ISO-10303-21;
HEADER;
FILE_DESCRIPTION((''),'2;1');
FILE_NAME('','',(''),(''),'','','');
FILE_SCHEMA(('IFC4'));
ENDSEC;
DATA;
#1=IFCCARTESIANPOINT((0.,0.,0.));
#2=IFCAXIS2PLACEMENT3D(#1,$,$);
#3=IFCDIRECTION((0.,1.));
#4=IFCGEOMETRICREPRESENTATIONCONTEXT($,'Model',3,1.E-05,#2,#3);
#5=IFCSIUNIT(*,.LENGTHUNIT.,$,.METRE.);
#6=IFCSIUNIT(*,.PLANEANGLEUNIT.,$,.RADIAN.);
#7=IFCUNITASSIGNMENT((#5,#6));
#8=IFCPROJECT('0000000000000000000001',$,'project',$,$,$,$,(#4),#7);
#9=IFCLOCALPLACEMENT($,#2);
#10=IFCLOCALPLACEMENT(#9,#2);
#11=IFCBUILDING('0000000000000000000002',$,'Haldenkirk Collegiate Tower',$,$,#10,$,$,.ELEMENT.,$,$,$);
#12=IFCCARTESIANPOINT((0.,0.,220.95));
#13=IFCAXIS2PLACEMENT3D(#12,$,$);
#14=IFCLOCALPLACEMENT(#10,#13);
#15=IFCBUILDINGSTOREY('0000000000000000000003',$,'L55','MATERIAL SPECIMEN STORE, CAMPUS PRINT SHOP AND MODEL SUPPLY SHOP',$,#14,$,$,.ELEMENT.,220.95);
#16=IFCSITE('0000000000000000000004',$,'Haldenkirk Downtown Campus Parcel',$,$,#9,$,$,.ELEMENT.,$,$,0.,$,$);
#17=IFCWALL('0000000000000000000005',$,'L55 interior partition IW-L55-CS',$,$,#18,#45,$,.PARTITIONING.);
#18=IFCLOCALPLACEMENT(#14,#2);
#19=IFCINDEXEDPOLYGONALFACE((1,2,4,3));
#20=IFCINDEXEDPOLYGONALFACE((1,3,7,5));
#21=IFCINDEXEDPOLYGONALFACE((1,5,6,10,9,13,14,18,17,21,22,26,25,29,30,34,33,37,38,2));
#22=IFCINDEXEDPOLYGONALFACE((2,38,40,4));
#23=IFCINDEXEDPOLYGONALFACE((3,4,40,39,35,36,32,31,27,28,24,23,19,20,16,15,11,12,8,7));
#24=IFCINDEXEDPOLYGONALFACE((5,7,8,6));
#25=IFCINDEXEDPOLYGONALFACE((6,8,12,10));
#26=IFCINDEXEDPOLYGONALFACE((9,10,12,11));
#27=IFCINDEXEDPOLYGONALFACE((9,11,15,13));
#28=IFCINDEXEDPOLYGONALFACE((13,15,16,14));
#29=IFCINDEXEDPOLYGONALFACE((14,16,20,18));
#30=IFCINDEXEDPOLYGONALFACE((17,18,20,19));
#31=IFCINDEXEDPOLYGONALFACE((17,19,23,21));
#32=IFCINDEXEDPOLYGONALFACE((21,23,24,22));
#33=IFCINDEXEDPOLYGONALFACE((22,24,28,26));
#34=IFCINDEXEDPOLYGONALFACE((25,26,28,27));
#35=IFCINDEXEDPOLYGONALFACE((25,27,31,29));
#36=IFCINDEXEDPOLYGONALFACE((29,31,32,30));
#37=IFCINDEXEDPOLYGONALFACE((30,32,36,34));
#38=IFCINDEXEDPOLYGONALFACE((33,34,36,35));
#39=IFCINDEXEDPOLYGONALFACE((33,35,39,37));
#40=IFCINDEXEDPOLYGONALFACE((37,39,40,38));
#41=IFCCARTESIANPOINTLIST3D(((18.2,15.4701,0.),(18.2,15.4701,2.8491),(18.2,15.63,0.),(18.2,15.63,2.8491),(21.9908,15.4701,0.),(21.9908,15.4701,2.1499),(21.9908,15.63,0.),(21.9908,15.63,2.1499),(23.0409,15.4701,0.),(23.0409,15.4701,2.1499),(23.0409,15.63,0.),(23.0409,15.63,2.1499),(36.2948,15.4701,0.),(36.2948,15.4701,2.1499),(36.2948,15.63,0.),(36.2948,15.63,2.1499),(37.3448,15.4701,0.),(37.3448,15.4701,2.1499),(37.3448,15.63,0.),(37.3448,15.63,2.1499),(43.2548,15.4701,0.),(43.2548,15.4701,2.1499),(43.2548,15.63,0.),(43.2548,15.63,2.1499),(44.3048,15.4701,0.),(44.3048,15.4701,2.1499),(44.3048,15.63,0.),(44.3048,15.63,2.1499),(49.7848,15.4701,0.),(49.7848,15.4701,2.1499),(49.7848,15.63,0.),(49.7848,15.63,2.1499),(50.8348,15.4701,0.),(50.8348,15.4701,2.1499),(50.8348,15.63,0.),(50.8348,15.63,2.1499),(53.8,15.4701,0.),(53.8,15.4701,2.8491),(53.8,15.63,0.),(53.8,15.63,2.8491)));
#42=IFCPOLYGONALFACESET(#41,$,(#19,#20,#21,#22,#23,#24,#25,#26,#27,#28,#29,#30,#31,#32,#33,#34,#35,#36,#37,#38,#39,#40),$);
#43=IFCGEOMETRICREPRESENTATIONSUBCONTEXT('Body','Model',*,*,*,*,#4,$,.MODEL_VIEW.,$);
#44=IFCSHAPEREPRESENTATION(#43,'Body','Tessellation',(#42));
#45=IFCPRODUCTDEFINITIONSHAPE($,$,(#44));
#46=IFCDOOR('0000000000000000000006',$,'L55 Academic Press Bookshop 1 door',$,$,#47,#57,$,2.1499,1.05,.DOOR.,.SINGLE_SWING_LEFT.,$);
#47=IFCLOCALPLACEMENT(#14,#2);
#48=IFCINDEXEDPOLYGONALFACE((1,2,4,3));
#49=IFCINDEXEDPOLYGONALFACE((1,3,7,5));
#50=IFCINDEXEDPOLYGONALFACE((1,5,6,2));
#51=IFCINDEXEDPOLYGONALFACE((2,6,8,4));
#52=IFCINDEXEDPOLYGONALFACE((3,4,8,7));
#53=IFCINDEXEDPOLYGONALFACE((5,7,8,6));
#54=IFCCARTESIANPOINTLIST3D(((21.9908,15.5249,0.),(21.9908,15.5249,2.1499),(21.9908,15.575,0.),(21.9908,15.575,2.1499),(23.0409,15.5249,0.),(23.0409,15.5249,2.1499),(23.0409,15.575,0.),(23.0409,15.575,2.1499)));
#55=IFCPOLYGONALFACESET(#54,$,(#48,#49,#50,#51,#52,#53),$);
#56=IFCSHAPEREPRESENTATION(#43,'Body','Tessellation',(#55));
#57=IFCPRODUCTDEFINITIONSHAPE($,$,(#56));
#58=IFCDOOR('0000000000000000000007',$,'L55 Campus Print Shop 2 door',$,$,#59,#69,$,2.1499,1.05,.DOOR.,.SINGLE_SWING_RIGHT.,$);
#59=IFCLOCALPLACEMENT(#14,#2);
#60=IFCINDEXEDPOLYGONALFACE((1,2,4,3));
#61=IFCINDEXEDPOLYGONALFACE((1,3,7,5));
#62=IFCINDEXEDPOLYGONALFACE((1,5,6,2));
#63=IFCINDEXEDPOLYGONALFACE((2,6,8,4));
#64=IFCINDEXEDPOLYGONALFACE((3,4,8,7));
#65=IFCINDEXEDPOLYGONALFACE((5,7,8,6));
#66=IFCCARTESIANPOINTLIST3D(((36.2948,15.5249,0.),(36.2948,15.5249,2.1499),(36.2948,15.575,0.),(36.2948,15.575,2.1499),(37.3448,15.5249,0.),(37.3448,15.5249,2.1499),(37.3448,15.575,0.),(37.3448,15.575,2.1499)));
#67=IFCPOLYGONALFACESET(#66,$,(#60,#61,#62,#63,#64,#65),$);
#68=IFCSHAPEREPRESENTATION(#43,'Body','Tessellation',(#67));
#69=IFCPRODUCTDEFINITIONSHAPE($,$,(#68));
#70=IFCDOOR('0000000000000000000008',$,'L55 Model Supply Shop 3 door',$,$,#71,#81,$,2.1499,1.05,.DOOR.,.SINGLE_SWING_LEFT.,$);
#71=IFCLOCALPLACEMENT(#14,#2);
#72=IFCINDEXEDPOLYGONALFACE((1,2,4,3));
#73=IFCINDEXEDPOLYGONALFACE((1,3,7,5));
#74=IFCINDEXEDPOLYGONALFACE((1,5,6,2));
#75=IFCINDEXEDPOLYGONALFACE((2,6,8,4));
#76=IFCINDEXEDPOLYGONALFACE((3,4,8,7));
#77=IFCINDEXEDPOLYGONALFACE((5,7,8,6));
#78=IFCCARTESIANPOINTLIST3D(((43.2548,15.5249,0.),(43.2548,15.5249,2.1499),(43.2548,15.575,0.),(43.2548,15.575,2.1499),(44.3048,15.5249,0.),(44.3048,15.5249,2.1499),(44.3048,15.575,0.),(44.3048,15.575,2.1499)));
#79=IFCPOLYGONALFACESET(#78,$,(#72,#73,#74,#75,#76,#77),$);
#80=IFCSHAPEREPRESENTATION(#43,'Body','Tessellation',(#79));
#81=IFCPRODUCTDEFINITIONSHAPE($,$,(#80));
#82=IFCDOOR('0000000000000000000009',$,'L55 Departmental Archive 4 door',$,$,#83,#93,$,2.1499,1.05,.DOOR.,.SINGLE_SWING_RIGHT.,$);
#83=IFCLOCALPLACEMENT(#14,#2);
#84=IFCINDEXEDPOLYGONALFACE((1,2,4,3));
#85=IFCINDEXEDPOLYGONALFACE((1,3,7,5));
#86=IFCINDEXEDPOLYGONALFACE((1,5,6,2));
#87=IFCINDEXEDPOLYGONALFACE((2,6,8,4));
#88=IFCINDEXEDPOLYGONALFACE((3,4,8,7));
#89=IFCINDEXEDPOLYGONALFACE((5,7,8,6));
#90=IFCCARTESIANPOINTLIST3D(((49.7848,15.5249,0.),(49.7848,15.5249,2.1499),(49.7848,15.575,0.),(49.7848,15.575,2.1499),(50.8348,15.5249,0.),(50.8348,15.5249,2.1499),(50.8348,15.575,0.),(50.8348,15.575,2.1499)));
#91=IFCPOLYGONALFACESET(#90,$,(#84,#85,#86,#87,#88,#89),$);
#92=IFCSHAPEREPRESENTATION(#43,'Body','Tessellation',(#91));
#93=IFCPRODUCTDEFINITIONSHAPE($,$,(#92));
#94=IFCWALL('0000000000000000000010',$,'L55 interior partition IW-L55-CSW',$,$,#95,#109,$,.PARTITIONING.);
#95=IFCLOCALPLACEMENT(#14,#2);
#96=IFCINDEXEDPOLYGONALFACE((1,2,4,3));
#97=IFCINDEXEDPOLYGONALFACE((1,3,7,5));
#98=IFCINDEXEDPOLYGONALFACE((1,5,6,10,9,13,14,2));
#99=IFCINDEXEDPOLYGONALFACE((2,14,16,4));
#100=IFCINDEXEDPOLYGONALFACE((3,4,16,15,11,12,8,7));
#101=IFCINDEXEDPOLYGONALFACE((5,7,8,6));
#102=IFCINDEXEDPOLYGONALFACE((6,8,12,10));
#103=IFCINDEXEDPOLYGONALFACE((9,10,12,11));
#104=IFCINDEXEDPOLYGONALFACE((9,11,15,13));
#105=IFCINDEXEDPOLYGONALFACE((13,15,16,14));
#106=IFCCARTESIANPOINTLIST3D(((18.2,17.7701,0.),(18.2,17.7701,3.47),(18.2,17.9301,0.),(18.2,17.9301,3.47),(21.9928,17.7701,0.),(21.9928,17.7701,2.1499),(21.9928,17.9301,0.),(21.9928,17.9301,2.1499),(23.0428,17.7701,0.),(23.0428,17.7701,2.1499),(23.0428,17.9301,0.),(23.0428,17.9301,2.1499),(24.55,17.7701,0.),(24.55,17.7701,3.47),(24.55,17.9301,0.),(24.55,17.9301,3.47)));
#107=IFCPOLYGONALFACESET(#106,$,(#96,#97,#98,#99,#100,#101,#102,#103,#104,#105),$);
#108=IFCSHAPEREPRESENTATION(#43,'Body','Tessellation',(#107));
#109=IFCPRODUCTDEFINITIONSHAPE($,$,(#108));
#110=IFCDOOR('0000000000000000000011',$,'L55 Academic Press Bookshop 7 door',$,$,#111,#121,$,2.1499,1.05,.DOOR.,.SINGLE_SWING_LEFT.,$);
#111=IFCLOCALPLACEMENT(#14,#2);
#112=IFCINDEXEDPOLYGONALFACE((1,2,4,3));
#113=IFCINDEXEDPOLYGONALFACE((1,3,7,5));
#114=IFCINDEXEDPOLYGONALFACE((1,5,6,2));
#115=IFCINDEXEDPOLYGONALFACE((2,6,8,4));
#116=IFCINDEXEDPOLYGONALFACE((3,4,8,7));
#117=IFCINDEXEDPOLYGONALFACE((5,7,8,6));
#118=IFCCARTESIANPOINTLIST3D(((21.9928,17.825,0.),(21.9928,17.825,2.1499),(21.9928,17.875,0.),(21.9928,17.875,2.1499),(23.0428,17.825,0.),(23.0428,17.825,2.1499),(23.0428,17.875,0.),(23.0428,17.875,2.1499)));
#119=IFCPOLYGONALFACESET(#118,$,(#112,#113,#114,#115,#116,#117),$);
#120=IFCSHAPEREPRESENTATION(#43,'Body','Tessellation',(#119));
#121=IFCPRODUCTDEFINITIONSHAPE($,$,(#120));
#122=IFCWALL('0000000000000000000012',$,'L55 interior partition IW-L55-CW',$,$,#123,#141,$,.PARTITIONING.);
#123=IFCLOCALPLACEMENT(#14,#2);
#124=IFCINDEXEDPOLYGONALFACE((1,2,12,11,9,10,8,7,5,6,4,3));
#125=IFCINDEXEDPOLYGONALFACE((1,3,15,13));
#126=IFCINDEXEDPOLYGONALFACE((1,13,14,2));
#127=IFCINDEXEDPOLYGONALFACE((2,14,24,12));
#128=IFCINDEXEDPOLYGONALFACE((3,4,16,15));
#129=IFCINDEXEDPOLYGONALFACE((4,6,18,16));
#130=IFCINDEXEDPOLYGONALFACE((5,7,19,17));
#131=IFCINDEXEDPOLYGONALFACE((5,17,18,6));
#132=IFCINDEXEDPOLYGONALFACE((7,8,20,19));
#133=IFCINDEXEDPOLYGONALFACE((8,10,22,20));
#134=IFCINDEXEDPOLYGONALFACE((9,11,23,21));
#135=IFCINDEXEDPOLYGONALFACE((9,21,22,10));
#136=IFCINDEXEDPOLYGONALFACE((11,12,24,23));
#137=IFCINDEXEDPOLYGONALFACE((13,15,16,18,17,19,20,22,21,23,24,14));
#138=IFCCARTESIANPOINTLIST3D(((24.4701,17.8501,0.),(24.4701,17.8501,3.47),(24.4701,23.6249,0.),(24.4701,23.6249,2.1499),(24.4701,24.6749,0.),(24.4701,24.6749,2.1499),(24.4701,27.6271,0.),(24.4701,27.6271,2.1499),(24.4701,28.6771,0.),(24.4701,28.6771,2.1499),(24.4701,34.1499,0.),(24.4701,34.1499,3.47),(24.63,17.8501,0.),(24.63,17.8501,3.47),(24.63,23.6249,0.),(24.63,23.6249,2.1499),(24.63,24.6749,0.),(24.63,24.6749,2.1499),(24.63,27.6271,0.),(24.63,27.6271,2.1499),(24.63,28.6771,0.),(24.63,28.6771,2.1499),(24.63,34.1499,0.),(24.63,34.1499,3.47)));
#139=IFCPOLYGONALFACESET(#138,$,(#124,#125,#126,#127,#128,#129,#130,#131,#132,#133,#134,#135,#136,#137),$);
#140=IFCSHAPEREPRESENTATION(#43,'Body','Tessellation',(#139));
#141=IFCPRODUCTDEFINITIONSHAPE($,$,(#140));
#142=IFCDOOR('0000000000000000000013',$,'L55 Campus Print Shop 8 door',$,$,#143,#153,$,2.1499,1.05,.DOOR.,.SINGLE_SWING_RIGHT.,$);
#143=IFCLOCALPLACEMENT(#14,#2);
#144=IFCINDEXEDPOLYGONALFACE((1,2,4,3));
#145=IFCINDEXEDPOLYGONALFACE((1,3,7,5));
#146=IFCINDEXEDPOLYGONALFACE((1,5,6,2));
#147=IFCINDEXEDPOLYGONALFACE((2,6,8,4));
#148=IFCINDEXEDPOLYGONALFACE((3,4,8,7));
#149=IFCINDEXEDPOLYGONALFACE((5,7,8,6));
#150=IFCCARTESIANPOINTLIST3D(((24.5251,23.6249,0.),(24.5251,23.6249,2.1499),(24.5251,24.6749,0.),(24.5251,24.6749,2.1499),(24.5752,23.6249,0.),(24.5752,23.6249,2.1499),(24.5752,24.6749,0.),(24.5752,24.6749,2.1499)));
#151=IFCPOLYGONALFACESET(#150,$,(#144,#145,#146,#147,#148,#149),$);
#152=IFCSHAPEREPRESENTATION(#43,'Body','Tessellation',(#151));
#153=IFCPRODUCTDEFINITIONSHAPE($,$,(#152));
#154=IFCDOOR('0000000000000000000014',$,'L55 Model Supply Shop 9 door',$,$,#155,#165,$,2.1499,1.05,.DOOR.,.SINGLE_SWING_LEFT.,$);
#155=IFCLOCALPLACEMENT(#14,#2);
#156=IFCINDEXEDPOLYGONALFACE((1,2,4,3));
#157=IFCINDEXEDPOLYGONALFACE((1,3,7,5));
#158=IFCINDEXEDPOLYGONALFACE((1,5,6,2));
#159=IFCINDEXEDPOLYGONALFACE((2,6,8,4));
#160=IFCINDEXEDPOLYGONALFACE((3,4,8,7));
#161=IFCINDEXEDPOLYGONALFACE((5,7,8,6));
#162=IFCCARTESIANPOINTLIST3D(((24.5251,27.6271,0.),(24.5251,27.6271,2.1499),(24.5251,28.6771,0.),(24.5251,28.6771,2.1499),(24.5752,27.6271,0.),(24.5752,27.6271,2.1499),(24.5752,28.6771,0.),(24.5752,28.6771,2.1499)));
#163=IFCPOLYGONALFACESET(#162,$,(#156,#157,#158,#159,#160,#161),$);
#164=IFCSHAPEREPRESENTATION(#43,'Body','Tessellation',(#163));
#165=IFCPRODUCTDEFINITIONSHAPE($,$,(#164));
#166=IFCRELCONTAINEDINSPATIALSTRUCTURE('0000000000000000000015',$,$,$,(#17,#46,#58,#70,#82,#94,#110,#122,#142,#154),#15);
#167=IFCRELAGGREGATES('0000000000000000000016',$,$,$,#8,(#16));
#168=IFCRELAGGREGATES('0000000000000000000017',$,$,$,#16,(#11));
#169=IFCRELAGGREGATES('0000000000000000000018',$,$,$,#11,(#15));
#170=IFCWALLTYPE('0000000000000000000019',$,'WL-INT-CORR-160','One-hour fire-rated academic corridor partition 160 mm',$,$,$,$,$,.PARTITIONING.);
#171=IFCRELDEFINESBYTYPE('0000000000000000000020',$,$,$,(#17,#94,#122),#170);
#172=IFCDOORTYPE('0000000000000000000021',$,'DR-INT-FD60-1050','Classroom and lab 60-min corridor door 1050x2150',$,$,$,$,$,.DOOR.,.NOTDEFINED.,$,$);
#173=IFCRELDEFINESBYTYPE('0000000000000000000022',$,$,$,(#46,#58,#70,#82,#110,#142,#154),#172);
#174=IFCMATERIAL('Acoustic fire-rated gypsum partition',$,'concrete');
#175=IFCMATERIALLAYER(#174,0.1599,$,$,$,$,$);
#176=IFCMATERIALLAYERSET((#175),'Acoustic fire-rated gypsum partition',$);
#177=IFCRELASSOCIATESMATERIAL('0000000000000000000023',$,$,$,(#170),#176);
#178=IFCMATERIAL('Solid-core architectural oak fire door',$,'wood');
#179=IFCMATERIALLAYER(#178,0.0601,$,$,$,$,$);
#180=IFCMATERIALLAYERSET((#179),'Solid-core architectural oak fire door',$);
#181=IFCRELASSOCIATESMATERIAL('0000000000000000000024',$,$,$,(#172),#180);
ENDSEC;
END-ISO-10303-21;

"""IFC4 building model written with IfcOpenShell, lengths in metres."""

from ifc_helpers import new_model, si_unit, direction, frame, frame_2d, origin, place, context, subcontext, project, spatial, rectangle, extrude, material, layer, layer_set, type_object, element, fill, save


model = new_model("IFC4")

# Units and contexts
model_context = context("Model", 3, precision=1e-05, world=origin(), true_north=direction((0.0, 1.0)))
body_context = subcontext(model_context, "Body", "Model", "MODEL_VIEW")
ifc_project = project(units=[si_unit("LENGTHUNIT", "METRE"), si_unit("PLANEANGLEUNIT", "RADIAN")], contexts=[model_context])

# Site, building, storey
site_placement = place(None, origin())
site = spatial("IfcSite", under=ifc_project, at=site_placement, Name="Haldenkirk Downtown Campus Parcel", CompositionType="ELEMENT", RefElevation=0.0)
building_placement = place(site_placement, origin())
building = spatial("IfcBuilding", under=site, at=building_placement, Name="Haldenkirk Collegiate Tower", CompositionType="ELEMENT")
storey_placement = place(building_placement, frame((0.0, 0.0, 220.95)))
storey = spatial("IfcBuildingStorey", under=building, at=storey_placement, Name="L55", Description="MATERIAL SPECIMEN STORE, CAMPUS PRINT SHOP AND MODEL SUPPLY SHOP", CompositionType="ELEMENT", Elevation=220.95)

# Wall, openings, doors
ifc_material_1 = material(Name="Acoustic fire-rated gypsum partition", Category="concrete")
ifc_layer_1 = layer(ifc_material_1, 0.1599)
ifc_layer_set_1 = layer_set([ifc_layer_1], Name="Acoustic fire-rated gypsum partition")
wall_type_1 = type_object("IfcWallType", Name="WL-INT-CORR-160", Description="One-hour fire-rated academic corridor partition 160 mm", PredefinedType="PARTITIONING", material=ifc_layer_set_1)
wall_1_placement = place(storey_placement, frame((18.2, 15.55, 0.0), z_axis=(0.0, 0.0, 1.0), x_axis=(1.0, 0.0, 0.0)))
wall_1 = element("IfcWall", 1, at=wall_1_placement, inside=storey, type_object=wall_type_1, Name="L55 interior partition IW-L55-CS", PredefinedType="PARTITIONING", context=body_context, shape_type="SweptSolid", body=[
    extrude(rectangle(XDim=35.6001, YDim=0.1599, at=frame_2d((17.8, 0.0))), origin(), (0.0, 0.0, 1.0), 2.8491),
])
opening_1_placement = place(wall_1_placement, frame((3.791, 0.0, 0.0)))
opening_1 = element("IfcOpeningElement", 2, at=opening_1_placement, cuts=wall_1, PredefinedType="OPENING", context=body_context, shape_type="SweptSolid", body=[
    extrude(rectangle(XDim=1.05, YDim=2.1499, at=frame_2d((0.5249, 1.075))), frame((0.0, 0.0898, 0.0), z_axis=(0.0, -1.0, 0.0), x_axis=(1.0, 0.0, 0.0)), (0.0, 0.0, 1.0), 0.1799),
])
opening_2_placement = place(wall_1_placement, frame((18.095, 0.0, 0.0)))
opening_2 = element("IfcOpeningElement", 3, at=opening_2_placement, cuts=wall_1, PredefinedType="OPENING", context=body_context, shape_type="SweptSolid", body=[
    extrude(rectangle(XDim=1.05, YDim=2.1499, at=frame_2d((0.5249, 1.075))), frame((0.0, 0.0898, 0.0), z_axis=(0.0, -1.0, 0.0), x_axis=(1.0, 0.0, 0.0)), (0.0, 0.0, 1.0), 0.1799),
])
opening_3_placement = place(wall_1_placement, frame((25.0549, 0.0, 0.0)))
opening_3 = element("IfcOpeningElement", 4, at=opening_3_placement, cuts=wall_1, PredefinedType="OPENING", context=body_context, shape_type="SweptSolid", body=[
    extrude(rectangle(XDim=1.05, YDim=2.1499, at=frame_2d((0.5249, 1.075))), frame((0.0, 0.0898, 0.0), z_axis=(0.0, -1.0, 0.0), x_axis=(1.0, 0.0, 0.0)), (0.0, 0.0, 1.0), 0.1799),
])
opening_4_placement = place(wall_1_placement, frame((31.585, 0.0, 0.0)))
opening_4 = element("IfcOpeningElement", 5, at=opening_4_placement, cuts=wall_1, PredefinedType="OPENING", context=body_context, shape_type="SweptSolid", body=[
    extrude(rectangle(XDim=1.05, YDim=2.1499, at=frame_2d((0.5249, 1.075))), frame((0.0, 0.0898, 0.0), z_axis=(0.0, -1.0, 0.0), x_axis=(1.0, 0.0, 0.0)), (0.0, 0.0, 1.0), 0.1799),
])
ifc_material_2 = material(Name="Solid-core architectural oak fire door", Category="wood")
ifc_layer_2 = layer(ifc_material_2, 0.0601)
ifc_layer_set_2 = layer_set([ifc_layer_2], Name="Solid-core architectural oak fire door")
door_type_1 = type_object("IfcDoorType", Name="DR-INT-FD60-1050", Description="Classroom and lab 60-min corridor door 1050x2150", OperationType="NOTDEFINED", PredefinedType="DOOR", material=ifc_layer_set_2)
door_1_placement = place(opening_1_placement, origin())
door_1 = element("IfcDoor", 6, at=door_1_placement, inside=storey, type_object=door_type_1, Name="L55 Academic Press Bookshop 1 door", OperationType="SINGLE_SWING_LEFT", OverallHeight=2.1499, OverallWidth=1.05, PredefinedType="DOOR", context=body_context, shape_type="SweptSolid", body=[
    extrude(rectangle(XDim=1.05, YDim=2.1499, at=frame_2d((0.5249, 1.075))), frame((0.0, 0.0249, 0.0), z_axis=(0.0, -1.0, 0.0), x_axis=(1.0, 0.0, 0.0)), (0.0, 0.0, 1.0), 0.05),
])
fill(opening_1, door_1)
door_2_placement = place(opening_2_placement, origin())
door_2 = element("IfcDoor", 7, at=door_2_placement, inside=storey, type_object=door_type_1, Name="L55 Campus Print Shop 2 door", OperationType="SINGLE_SWING_RIGHT", OverallHeight=2.1499, OverallWidth=1.05, PredefinedType="DOOR", context=body_context, shape_type="SweptSolid", body=[
    extrude(rectangle(XDim=1.05, YDim=2.1499, at=frame_2d((0.5249, 1.075))), frame((0.0, 0.0249, 0.0), z_axis=(0.0, -1.0, 0.0), x_axis=(1.0, 0.0, 0.0)), (0.0, 0.0, 1.0), 0.05),
])
fill(opening_2, door_2)
door_3_placement = place(opening_3_placement, origin())
door_3 = element("IfcDoor", 8, at=door_3_placement, inside=storey, type_object=door_type_1, Name="L55 Model Supply Shop 3 door", OperationType="SINGLE_SWING_LEFT", OverallHeight=2.1499, OverallWidth=1.05, PredefinedType="DOOR", context=body_context, shape_type="SweptSolid", body=[
    extrude(rectangle(XDim=1.05, YDim=2.1499, at=frame_2d((0.5249, 1.075))), frame((0.0, 0.0249, 0.0), z_axis=(0.0, -1.0, 0.0), x_axis=(1.0, 0.0, 0.0)), (0.0, 0.0, 1.0), 0.05),
])
fill(opening_3, door_3)
door_4_placement = place(opening_4_placement, origin())
door_4 = element("IfcDoor", 9, at=door_4_placement, inside=storey, type_object=door_type_1, Name="L55 Departmental Archive 4 door", OperationType="SINGLE_SWING_RIGHT", OverallHeight=2.1499, OverallWidth=1.05, PredefinedType="DOOR", context=body_context, shape_type="SweptSolid", body=[
    extrude(rectangle(XDim=1.05, YDim=2.1499, at=frame_2d((0.5249, 1.075))), frame((0.0, 0.0249, 0.0), z_axis=(0.0, -1.0, 0.0), x_axis=(1.0, 0.0, 0.0)), (0.0, 0.0, 1.0), 0.05),
])
fill(opening_4, door_4)

# Wall, opening, door
wall_2_placement = place(storey_placement, frame((18.2, 17.8501, 0.0), z_axis=(0.0, 0.0, 1.0), x_axis=(1.0, 0.0, 0.0)))
wall_2 = element("IfcWall", 10, at=wall_2_placement, inside=storey, type_object=wall_type_1, Name="L55 interior partition IW-L55-CSW", PredefinedType="PARTITIONING", context=body_context, shape_type="SweptSolid", body=[
    extrude(rectangle(XDim=6.3501, YDim=0.1599, at=frame_2d((3.175, 0.0))), origin(), (0.0, 0.0, 1.0), 3.47),
])
opening_5_placement = place(wall_2_placement, frame((3.793, 0.0, 0.0)))
opening_5 = element("IfcOpeningElement", 11, at=opening_5_placement, cuts=wall_2, PredefinedType="OPENING", context=body_context, shape_type="SweptSolid", body=[
    extrude(rectangle(XDim=1.05, YDim=2.1499, at=frame_2d((0.5249, 1.075))), frame((0.0, 0.0898, 0.0), z_axis=(0.0, -1.0, 0.0), x_axis=(1.0, 0.0, 0.0)), (0.0, 0.0, 1.0), 0.1799),
])
door_5_placement = place(opening_5_placement, origin())
door_5 = element("IfcDoor", 12, at=door_5_placement, inside=storey, type_object=door_type_1, Name="L55 Academic Press Bookshop 7 door", OperationType="SINGLE_SWING_LEFT", OverallHeight=2.1499, OverallWidth=1.05, PredefinedType="DOOR", context=body_context, shape_type="SweptSolid", body=[
    extrude(rectangle(XDim=1.05, YDim=2.1499, at=frame_2d((0.5249, 1.075))), frame((0.0, 0.0249, 0.0), z_axis=(0.0, -1.0, 0.0), x_axis=(1.0, 0.0, 0.0)), (0.0, 0.0, 1.0), 0.05),
])
fill(opening_5, door_5)

# Wall, openings, doors
wall_3_placement = place(storey_placement, frame((24.55, 17.8501, 0.0), z_axis=(0.0, 0.0, 1.0), x_axis=(0.0, 1.0, 0.0)))
wall_3 = element("IfcWall", 13, at=wall_3_placement, inside=storey, type_object=wall_type_1, Name="L55 interior partition IW-L55-CW", PredefinedType="PARTITIONING", context=body_context, shape_type="SweptSolid", body=[
    extrude(rectangle(XDim=16.2998, YDim=0.1599, at=frame_2d((8.1499, 0.0))), origin(), (0.0, 0.0, 1.0), 3.47),
])
opening_6_placement = place(wall_3_placement, frame((5.7749, 0.0, 0.0)))
opening_6 = element("IfcOpeningElement", 14, at=opening_6_placement, cuts=wall_3, PredefinedType="OPENING", context=body_context, shape_type="SweptSolid", body=[
    extrude(rectangle(XDim=1.05, YDim=2.1499, at=frame_2d((0.5249, 1.075))), frame((0.0, 0.0898, 0.0), z_axis=(0.0, -1.0, 0.0), x_axis=(1.0, 0.0, 0.0)), (0.0, 0.0, 1.0), 0.1799),
])
opening_7_placement = place(wall_3_placement, frame((9.7771, 0.0, 0.0)))
opening_7 = element("IfcOpeningElement", 15, at=opening_7_placement, cuts=wall_3, PredefinedType="OPENING", context=body_context, shape_type="SweptSolid", body=[
    extrude(rectangle(XDim=1.05, YDim=2.1499, at=frame_2d((0.5249, 1.075))), frame((0.0, 0.0898, 0.0), z_axis=(0.0, -1.0, 0.0), x_axis=(1.0, 0.0, 0.0)), (0.0, 0.0, 1.0), 0.1799),
])
door_6_placement = place(opening_6_placement, origin())
door_6 = element("IfcDoor", 16, at=door_6_placement, inside=storey, type_object=door_type_1, Name="L55 Campus Print Shop 8 door", OperationType="SINGLE_SWING_RIGHT", OverallHeight=2.1499, OverallWidth=1.05, PredefinedType="DOOR", context=body_context, shape_type="SweptSolid", body=[
    extrude(rectangle(XDim=1.05, YDim=2.1499, at=frame_2d((0.5249, 1.075))), frame((0.0, 0.0249, 0.0), z_axis=(0.0, -1.0, 0.0), x_axis=(1.0, 0.0, 0.0)), (0.0, 0.0, 1.0), 0.05),
])
fill(opening_6, door_6)
door_7_placement = place(opening_7_placement, origin())
door_7 = element("IfcDoor", 17, at=door_7_placement, inside=storey, type_object=door_type_1, Name="L55 Model Supply Shop 9 door", OperationType="SINGLE_SWING_LEFT", OverallHeight=2.1499, OverallWidth=1.05, PredefinedType="DOOR", context=body_context, shape_type="SweptSolid", body=[
    extrude(rectangle(XDim=1.05, YDim=2.1499, at=frame_2d((0.5249, 1.075))), frame((0.0, 0.0249, 0.0), z_axis=(0.0, -1.0, 0.0), x_axis=(1.0, 0.0, 0.0)), (0.0, 0.0, 1.0), 0.05),
])
fill(opening_7, door_7)

save(model, "model.ifc")
